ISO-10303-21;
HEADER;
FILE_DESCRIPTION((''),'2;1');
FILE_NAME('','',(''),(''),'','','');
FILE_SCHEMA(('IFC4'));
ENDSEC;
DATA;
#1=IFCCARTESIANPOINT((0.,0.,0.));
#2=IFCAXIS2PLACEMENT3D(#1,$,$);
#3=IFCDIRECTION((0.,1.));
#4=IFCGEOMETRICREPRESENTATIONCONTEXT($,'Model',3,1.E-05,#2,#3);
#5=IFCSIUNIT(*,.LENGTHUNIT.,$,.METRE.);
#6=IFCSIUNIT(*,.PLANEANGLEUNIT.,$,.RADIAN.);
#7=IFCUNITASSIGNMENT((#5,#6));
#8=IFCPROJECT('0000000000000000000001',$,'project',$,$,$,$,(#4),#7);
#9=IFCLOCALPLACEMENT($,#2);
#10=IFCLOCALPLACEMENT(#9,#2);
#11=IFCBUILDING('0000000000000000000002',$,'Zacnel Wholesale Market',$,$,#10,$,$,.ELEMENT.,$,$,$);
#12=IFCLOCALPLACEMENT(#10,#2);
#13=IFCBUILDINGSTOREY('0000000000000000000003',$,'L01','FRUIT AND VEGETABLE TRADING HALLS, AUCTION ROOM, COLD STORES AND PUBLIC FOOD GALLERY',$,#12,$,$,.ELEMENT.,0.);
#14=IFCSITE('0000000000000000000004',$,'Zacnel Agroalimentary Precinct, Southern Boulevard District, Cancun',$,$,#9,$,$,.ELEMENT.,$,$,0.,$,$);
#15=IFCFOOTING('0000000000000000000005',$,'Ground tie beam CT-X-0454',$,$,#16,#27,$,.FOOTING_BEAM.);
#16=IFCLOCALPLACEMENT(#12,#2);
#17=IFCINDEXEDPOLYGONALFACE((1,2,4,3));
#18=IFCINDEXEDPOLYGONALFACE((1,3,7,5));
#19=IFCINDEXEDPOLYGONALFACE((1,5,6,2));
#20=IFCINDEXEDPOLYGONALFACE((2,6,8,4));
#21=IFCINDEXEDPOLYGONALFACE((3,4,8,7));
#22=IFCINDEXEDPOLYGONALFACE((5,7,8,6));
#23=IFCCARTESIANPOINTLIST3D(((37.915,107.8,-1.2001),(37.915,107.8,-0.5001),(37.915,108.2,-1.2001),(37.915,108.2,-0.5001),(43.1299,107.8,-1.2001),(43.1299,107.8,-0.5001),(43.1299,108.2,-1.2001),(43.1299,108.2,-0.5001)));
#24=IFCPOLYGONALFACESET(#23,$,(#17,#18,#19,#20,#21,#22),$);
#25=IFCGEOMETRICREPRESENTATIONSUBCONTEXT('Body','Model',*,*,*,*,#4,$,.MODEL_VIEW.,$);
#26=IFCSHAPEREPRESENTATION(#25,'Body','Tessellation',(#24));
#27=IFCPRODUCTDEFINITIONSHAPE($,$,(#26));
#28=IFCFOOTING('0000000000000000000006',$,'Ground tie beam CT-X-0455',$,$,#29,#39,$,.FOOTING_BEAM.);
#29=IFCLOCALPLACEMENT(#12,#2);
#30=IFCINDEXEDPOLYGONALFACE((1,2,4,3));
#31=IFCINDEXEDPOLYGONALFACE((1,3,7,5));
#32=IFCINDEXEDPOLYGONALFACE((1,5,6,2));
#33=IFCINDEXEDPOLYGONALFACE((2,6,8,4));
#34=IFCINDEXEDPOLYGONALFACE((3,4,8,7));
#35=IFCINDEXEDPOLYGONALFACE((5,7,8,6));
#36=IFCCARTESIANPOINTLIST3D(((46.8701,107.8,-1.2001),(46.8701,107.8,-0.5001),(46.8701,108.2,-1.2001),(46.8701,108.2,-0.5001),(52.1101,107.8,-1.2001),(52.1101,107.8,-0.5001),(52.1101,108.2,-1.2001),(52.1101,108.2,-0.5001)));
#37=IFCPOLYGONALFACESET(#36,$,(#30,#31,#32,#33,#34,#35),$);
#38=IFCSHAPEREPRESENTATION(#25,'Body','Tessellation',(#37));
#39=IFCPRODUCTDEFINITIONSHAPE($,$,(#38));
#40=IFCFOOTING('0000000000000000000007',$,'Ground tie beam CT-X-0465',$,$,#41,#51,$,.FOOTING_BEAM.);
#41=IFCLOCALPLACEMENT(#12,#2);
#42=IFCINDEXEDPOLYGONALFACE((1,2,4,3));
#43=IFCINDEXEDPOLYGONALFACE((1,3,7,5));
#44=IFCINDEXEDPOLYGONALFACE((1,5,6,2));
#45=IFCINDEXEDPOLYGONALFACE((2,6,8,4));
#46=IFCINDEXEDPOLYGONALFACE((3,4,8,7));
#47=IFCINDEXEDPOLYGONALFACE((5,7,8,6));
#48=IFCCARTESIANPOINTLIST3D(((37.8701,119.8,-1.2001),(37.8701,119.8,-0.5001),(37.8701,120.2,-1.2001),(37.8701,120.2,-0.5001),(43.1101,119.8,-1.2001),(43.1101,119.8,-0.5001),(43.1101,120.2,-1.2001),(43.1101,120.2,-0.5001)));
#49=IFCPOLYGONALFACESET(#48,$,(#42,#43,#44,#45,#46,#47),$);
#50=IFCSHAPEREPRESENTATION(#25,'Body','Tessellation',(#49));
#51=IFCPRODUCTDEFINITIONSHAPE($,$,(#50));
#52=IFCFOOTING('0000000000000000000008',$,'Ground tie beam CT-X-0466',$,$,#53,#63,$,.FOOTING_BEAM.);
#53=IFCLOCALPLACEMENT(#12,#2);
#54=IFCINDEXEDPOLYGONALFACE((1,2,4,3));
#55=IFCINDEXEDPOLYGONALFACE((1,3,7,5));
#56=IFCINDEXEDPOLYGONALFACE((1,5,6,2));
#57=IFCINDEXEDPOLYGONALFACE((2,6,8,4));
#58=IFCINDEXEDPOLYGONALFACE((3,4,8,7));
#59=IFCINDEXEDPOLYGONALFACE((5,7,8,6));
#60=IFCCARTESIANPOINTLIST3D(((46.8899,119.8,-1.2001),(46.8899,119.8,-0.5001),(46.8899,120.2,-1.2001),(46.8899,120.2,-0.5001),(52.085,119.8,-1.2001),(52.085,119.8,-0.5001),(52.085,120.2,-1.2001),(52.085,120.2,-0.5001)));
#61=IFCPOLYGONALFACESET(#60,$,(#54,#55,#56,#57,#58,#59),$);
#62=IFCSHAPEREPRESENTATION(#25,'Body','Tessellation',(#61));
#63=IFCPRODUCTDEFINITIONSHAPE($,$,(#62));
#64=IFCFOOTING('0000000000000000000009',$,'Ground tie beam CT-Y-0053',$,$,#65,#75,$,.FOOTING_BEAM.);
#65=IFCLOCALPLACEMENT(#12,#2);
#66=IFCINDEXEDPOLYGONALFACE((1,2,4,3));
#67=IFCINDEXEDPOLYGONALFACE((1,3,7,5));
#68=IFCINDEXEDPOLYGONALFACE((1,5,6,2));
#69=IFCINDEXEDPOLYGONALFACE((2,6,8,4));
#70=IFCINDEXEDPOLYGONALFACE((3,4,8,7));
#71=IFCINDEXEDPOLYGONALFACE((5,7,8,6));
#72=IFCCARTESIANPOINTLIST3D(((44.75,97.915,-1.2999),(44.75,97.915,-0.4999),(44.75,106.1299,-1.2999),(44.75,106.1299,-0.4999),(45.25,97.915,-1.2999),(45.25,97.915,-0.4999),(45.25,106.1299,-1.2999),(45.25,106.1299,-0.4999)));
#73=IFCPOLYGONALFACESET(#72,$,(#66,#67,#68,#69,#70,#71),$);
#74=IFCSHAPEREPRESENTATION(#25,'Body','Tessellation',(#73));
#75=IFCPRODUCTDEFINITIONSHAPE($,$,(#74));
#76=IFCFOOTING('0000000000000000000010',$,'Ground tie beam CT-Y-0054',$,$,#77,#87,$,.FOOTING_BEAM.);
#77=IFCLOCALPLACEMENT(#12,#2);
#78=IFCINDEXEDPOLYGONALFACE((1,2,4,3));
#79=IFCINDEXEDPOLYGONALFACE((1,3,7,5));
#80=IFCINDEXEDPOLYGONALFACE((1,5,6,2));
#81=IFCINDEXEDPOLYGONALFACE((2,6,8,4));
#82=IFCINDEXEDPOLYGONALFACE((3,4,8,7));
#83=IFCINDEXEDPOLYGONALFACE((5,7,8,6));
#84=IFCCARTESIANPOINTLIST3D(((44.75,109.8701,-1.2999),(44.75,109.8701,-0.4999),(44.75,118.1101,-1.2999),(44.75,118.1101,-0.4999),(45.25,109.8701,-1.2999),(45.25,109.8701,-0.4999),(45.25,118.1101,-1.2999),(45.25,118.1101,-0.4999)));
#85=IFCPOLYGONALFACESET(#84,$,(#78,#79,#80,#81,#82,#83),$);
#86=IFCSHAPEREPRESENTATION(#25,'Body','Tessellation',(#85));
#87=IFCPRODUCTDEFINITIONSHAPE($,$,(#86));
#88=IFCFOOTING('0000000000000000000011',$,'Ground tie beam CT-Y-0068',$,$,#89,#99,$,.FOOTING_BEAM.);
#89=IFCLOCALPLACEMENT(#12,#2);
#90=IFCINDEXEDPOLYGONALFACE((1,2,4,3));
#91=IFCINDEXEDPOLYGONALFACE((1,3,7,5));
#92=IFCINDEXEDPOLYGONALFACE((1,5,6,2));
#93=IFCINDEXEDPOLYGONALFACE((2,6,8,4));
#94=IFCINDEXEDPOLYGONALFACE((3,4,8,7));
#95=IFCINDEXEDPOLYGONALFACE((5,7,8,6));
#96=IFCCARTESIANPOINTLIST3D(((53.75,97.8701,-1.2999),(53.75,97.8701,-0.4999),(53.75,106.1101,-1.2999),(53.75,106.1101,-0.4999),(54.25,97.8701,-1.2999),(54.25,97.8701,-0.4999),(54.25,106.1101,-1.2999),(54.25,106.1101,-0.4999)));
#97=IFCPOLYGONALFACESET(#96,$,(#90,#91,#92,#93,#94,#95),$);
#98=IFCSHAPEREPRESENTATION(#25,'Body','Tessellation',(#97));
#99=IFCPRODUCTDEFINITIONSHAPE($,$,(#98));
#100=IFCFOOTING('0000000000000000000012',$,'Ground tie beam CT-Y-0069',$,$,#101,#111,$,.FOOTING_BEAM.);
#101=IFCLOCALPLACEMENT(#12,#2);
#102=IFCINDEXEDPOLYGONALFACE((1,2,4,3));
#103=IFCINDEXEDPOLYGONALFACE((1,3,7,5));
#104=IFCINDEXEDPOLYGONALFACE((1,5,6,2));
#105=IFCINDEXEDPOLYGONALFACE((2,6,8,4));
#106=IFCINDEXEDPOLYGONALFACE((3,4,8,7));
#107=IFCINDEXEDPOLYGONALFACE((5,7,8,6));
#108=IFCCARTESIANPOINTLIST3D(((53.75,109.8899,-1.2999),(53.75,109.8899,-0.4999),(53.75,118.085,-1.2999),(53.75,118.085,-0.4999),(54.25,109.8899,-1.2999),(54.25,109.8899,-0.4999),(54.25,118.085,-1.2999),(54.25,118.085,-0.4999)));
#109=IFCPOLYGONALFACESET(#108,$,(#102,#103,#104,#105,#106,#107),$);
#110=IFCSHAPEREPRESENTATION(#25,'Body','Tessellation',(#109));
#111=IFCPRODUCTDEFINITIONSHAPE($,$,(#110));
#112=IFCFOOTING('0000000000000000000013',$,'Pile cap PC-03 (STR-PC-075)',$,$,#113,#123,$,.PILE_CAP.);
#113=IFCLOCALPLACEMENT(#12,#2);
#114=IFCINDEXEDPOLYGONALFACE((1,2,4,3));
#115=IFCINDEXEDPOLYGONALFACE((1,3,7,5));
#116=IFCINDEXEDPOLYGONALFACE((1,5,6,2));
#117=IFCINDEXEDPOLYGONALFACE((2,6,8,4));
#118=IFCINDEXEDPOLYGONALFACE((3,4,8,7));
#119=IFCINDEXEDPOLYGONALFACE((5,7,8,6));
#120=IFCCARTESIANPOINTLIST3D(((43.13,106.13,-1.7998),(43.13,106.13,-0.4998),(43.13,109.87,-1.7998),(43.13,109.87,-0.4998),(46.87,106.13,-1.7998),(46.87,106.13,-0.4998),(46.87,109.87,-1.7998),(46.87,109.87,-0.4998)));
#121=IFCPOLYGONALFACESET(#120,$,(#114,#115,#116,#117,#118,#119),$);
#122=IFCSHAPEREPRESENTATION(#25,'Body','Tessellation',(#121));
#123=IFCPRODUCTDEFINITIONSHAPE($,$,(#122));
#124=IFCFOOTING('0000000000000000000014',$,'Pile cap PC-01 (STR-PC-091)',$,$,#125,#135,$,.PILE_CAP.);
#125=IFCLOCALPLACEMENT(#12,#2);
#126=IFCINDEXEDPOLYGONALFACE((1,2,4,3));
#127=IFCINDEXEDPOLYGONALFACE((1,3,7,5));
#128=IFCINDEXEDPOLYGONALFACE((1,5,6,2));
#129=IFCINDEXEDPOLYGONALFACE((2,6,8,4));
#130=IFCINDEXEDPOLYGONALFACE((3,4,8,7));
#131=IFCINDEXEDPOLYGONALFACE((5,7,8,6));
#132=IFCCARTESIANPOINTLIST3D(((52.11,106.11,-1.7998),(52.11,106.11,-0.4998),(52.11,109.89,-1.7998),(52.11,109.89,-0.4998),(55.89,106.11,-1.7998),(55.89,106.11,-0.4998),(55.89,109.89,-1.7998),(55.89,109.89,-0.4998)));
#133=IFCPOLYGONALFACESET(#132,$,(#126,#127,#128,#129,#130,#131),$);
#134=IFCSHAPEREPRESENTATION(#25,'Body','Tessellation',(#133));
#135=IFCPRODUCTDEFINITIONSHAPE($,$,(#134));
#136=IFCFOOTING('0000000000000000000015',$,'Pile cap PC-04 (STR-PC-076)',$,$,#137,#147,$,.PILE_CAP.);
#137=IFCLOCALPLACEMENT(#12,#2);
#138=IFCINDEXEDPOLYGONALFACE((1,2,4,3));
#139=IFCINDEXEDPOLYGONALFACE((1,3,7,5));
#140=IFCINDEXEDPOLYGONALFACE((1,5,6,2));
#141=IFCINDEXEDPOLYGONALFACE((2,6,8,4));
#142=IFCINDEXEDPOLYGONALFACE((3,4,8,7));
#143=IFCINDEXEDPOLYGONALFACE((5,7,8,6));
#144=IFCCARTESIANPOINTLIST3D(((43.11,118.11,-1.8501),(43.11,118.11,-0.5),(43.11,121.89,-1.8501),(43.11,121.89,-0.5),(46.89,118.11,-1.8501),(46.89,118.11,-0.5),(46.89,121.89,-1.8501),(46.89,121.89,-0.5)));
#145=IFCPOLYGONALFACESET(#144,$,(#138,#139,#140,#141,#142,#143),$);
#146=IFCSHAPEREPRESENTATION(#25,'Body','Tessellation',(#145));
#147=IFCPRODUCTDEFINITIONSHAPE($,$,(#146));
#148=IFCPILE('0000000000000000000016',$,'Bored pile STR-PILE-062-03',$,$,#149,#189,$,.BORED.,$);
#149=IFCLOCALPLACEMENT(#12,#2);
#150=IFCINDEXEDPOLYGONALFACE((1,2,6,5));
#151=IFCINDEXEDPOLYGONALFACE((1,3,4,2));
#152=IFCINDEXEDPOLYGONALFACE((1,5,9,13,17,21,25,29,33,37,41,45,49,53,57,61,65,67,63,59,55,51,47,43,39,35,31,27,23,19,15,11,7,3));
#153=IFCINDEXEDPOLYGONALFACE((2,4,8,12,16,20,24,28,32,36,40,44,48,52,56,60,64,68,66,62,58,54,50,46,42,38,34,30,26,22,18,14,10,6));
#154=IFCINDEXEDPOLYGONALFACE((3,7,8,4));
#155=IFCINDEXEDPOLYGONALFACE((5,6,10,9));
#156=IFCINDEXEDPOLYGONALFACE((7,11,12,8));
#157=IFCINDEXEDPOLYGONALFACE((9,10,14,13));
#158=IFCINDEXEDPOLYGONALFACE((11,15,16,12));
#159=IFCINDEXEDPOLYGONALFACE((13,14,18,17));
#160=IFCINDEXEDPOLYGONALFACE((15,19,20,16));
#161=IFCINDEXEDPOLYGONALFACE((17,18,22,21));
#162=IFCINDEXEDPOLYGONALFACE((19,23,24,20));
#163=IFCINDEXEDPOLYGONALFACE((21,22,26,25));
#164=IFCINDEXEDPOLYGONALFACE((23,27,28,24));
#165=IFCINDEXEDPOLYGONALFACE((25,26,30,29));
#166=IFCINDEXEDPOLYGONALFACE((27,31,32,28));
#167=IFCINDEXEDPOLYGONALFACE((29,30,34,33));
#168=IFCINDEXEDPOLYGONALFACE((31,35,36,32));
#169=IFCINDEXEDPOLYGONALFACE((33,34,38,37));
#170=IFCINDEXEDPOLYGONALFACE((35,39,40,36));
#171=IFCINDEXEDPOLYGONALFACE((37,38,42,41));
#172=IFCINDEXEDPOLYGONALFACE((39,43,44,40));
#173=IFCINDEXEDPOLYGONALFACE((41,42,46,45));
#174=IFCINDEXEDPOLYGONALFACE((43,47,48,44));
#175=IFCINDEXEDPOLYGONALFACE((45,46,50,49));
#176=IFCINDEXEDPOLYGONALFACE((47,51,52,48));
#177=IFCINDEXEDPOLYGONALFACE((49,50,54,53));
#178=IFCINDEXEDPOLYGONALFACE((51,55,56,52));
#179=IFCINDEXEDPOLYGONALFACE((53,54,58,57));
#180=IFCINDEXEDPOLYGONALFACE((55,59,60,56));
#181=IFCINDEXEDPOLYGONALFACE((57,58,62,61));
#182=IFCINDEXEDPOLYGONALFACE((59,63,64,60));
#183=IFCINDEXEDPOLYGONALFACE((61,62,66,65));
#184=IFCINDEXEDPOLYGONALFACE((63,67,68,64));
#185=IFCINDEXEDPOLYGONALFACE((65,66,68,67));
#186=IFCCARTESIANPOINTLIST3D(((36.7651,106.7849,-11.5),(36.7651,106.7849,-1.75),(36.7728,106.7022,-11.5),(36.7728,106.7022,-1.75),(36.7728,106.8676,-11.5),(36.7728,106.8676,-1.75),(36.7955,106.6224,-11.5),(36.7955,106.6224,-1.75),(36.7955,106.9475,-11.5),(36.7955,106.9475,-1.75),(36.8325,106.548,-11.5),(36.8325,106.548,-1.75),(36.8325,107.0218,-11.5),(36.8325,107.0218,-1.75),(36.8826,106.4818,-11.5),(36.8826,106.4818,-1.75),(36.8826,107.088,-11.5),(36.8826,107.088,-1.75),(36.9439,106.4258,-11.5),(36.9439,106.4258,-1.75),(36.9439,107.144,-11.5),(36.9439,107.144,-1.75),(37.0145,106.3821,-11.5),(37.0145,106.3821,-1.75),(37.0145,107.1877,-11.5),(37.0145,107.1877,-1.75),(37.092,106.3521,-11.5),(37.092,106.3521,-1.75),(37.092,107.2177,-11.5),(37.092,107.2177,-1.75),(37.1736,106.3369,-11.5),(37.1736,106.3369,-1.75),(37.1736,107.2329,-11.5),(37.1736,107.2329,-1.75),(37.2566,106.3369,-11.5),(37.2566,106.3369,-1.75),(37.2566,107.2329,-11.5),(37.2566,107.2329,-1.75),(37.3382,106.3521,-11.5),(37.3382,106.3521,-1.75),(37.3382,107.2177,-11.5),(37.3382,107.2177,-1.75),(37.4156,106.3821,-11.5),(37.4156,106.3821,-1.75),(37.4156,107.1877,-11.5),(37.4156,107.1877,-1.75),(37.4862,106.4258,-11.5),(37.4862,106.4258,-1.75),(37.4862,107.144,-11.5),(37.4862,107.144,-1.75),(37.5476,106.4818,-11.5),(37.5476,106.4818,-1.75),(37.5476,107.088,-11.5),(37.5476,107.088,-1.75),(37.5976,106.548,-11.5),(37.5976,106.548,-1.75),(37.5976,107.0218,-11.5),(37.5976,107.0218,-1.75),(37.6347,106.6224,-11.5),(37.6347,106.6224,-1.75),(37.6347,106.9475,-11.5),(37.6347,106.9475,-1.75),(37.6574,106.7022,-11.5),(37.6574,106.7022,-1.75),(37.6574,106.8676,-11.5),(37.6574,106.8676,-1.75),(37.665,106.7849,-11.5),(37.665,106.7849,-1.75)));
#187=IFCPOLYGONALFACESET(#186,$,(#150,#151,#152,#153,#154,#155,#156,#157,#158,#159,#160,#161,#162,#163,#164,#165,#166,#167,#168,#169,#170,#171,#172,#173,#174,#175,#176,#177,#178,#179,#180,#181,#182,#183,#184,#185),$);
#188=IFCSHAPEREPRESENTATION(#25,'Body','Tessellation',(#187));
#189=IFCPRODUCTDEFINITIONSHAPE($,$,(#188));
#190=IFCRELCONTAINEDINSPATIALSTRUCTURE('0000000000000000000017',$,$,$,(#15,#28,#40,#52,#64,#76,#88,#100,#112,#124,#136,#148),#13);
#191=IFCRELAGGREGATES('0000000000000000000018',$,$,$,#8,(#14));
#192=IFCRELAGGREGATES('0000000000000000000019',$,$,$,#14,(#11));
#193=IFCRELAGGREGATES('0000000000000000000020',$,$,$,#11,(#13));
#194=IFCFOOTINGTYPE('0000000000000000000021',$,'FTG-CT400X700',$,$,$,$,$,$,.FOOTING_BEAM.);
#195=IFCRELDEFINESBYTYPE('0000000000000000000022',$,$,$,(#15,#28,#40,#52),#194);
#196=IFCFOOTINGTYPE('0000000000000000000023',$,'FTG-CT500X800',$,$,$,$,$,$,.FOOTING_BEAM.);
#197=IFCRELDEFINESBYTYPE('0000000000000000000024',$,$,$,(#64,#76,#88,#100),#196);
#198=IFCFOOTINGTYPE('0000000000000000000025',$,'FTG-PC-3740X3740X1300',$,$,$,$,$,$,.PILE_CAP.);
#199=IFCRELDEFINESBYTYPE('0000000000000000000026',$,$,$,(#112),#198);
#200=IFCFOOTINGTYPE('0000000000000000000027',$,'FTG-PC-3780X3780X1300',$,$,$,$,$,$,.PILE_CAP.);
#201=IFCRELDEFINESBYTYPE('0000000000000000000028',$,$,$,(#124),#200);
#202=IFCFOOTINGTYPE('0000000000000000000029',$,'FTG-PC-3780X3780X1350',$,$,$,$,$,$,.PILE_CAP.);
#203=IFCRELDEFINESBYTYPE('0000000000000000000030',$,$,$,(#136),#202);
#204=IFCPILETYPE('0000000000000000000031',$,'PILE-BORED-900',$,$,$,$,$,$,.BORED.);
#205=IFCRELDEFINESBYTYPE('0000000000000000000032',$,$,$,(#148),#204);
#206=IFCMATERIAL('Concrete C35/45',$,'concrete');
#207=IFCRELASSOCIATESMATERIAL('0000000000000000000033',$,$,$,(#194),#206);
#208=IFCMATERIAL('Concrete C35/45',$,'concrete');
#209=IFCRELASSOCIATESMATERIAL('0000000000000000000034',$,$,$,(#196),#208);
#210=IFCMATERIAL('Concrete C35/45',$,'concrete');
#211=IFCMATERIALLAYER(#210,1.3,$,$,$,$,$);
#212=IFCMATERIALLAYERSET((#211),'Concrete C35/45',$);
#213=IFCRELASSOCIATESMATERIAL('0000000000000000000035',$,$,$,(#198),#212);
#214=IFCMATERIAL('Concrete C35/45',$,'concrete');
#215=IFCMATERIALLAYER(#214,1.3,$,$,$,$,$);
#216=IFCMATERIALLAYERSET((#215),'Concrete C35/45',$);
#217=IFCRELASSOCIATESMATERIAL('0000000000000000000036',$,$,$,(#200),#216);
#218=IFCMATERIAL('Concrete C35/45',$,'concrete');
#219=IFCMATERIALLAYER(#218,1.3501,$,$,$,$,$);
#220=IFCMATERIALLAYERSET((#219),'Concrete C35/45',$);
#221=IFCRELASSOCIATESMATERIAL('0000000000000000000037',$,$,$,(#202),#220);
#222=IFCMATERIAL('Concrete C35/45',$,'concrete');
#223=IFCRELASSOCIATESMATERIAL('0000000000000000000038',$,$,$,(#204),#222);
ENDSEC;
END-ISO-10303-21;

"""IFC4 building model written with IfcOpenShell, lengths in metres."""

from ifc_helpers import new_model, si_unit, direction, frame, origin, origin_2d, place, context, subcontext, project, spatial, rectangle, circle, extrude, material, layer, layer_set, material_profile, profile_set, type_object, element, save


model = new_model("IFC4")

# Units and contexts
model_context = context("Model", 3, precision=1e-05, world=origin(), true_north=direction((0.0, 1.0)))
body_context = subcontext(model_context, "Body", "Model", "MODEL_VIEW")
ifc_project = project(units=[si_unit("LENGTHUNIT", "METRE"), si_unit("PLANEANGLEUNIT", "RADIAN")], contexts=[model_context])

# Site, building, storey
site_placement = place(None, origin())
site = spatial("IfcSite", under=ifc_project, at=site_placement, Name="Zacnel Agroalimentary Precinct, Southern Boulevard District, Cancun", CompositionType="ELEMENT", RefElevation=0.0)
building_placement = place(site_placement, origin())
building = spatial("IfcBuilding", under=site, at=building_placement, Name="Zacnel Wholesale Market", CompositionType="ELEMENT")
storey_placement = place(building_placement, origin())
storey = spatial("IfcBuildingStorey", under=building, at=storey_placement, Name="L01", Description="FRUIT AND VEGETABLE TRADING HALLS, AUCTION ROOM, COLD STORES AND PUBLIC FOOD GALLERY", CompositionType="ELEMENT", Elevation=0.0)

# Footings
ifc_material_1 = material(Name="Concrete C35/45", Category="concrete")
ifc_material_profile_1 = material_profile(ifc_material_1, rectangle(XDim=0.3999, YDim=0.7, at=origin_2d()), Name="CT 400x700")
ifc_profile_set_1 = profile_set([ifc_material_profile_1], Name="Concrete C35/45")
footing_type_1 = type_object("IfcFootingType", Name="FTG-CT400X700", PredefinedType="FOOTING_BEAM", material=ifc_profile_set_1)
footing_1_placement = place(storey_placement, frame((37.915, 108.0, -0.8501), z_axis=(1.0, 0.0, 0.0), x_axis=(0.0, 1.0, 0.0)))
element("IfcFooting", 1, at=footing_1_placement, inside=storey, type_object=footing_type_1, Name="Ground tie beam CT-X-0454", PredefinedType="FOOTING_BEAM", context=body_context, shape_type="SweptSolid", body=[
    extrude(rectangle(XDim=0.3999, YDim=0.7, at=origin_2d()), origin(), (0.0, 0.0, 1.0), 5.2148),
])
for number, where, z_axis, x_axis, name in (
    (2, (46.8701, 108.0, -0.8501), (1.0, 0.0, 0.0), (0.0, 1.0, 0.0), "Ground tie beam CT-X-0455"),
    (3, (37.8701, 120.0, -0.8501), (1.0, 0.0, 0.0), (0.0, 1.0, 0.0), "Ground tie beam CT-X-0465"),
):
    element("IfcFooting", number, at=place(storey_placement, frame(where, z_axis=z_axis, x_axis=x_axis)), inside=storey, type_object=footing_type_1, Name=name, PredefinedType="FOOTING_BEAM", context=body_context, shape_type="SweptSolid", body=[
        extrude(rectangle(XDim=0.3999, YDim=0.7, at=origin_2d()), origin(), (0.0, 0.0, 1.0), 5.24),
    ])
footing_2_placement = place(storey_placement, frame((46.8899, 120.0, -0.8501), z_axis=(1.0, 0.0, 0.0), x_axis=(0.0, 1.0, 0.0)))
element("IfcFooting", 4, at=footing_2_placement, inside=storey, type_object=footing_type_1, Name="Ground tie beam CT-X-0466", PredefinedType="FOOTING_BEAM", context=body_context, shape_type="SweptSolid", body=[
    extrude(rectangle(XDim=0.3999, YDim=0.7, at=origin_2d()), origin(), (0.0, 0.0, 1.0), 5.1951),
])
ifc_material_2 = material(Name="Concrete C35/45", Category="concrete")
ifc_material_profile_2 = material_profile(ifc_material_2, rectangle(XDim=0.5, YDim=0.8, at=origin_2d()), Name="CT 500x800")
ifc_profile_set_2 = profile_set([ifc_material_profile_2], Name="Concrete C35/45")
footing_type_2 = type_object("IfcFootingType", Name="FTG-CT500X800", PredefinedType="FOOTING_BEAM", material=ifc_profile_set_2)
footing_3_placement = place(storey_placement, frame((45.0, 97.915, -0.8999), z_axis=(0.0, 1.0, 0.0), x_axis=(-1.0, 0.0, 0.0)))
element("IfcFooting", 5, at=footing_3_placement, inside=storey, type_object=footing_type_2, Name="Ground tie beam CT-Y-0053", PredefinedType="FOOTING_BEAM", context=body_context, shape_type="SweptSolid", body=[
    extrude(rectangle(XDim=0.5, YDim=0.8, at=origin_2d()), origin(), (0.0, 0.0, 1.0), 8.2148),
])
for number, where, z_axis, x_axis, name in (
    (6, (45.0, 109.8701, -0.8999), (0.0, 1.0, 0.0), (-1.0, 0.0, 0.0), "Ground tie beam CT-Y-0054"),
    (7, (54.0, 97.8701, -0.8999), (0.0, 1.0, 0.0), (-1.0, 0.0, 0.0), "Ground tie beam CT-Y-0068"),
):
    element("IfcFooting", number, at=place(storey_placement, frame(where, z_axis=z_axis, x_axis=x_axis)), inside=storey, type_object=footing_type_2, Name=name, PredefinedType="FOOTING_BEAM", context=body_context, shape_type="SweptSolid", body=[
        extrude(rectangle(XDim=0.5, YDim=0.8, at=origin_2d()), origin(), (0.0, 0.0, 1.0), 8.24),
    ])
footing_4_placement = place(storey_placement, frame((54.0, 109.8899, -0.8999), z_axis=(0.0, 1.0, 0.0), x_axis=(-1.0, 0.0, 0.0)))
element("IfcFooting", 8, at=footing_4_placement, inside=storey, type_object=footing_type_2, Name="Ground tie beam CT-Y-0069", PredefinedType="FOOTING_BEAM", context=body_context, shape_type="SweptSolid", body=[
    extrude(rectangle(XDim=0.5, YDim=0.8, at=origin_2d()), origin(), (0.0, 0.0, 1.0), 8.1951),
])
ifc_material_3 = material(Name="Concrete C35/45", Category="concrete")
ifc_layer_1 = layer(ifc_material_3, 1.3)
ifc_layer_set_1 = layer_set([ifc_layer_1], Name="Concrete C35/45")
footing_type_3 = type_object("IfcFootingType", Name="FTG-PC-3740X3740X1300", PredefinedType="PILE_CAP", material=ifc_layer_set_1)
footing_5_placement = place(storey_placement, frame((45.0, 108.0, -1.7998), z_axis=(0.0, 0.0, 1.0), x_axis=(1.0, 0.0, 0.0)))
element("IfcFooting", 9, at=footing_5_placement, inside=storey, type_object=footing_type_3, Name="Pile cap PC-03 (STR-PC-075)", PredefinedType="PILE_CAP", context=body_context, shape_type="SweptSolid", body=[
    extrude(rectangle(XDim=3.74, YDim=3.74, at=origin_2d()), origin(), (0.0, 0.0, 1.0), 1.3),
])
ifc_material_4 = material(Name="Concrete C35/45", Category="concrete")
ifc_layer_2 = layer(ifc_material_4, 1.3)
ifc_layer_set_2 = layer_set([ifc_layer_2], Name="Concrete C35/45")
footing_type_4 = type_object("IfcFootingType", Name="FTG-PC-3780X3780X1300", PredefinedType="PILE_CAP", material=ifc_layer_set_2)
footing_6_placement = place(storey_placement, frame((54.0, 108.0, -1.7998), z_axis=(0.0, 0.0, 1.0), x_axis=(1.0, 0.0, 0.0)))
element("IfcFooting", 10, at=footing_6_placement, inside=storey, type_object=footing_type_4, Name="Pile cap PC-01 (STR-PC-091)", PredefinedType="PILE_CAP", context=body_context, shape_type="SweptSolid", body=[
    extrude(rectangle(XDim=3.78, YDim=3.78, at=origin_2d()), origin(), (0.0, 0.0, 1.0), 1.3),
])
ifc_material_5 = material(Name="Concrete C35/45", Category="concrete")
ifc_layer_3 = layer(ifc_material_5, 1.3501)
ifc_layer_set_3 = layer_set([ifc_layer_3], Name="Concrete C35/45")
footing_type_5 = type_object("IfcFootingType", Name="FTG-PC-3780X3780X1350", PredefinedType="PILE_CAP", material=ifc_layer_set_3)
footing_7_placement = place(storey_placement, frame((45.0, 120.0, -1.8501), z_axis=(0.0, 0.0, 1.0), x_axis=(1.0, 0.0, 0.0)))
element("IfcFooting", 11, at=footing_7_placement, inside=storey, type_object=footing_type_5, Name="Pile cap PC-04 (STR-PC-076)", PredefinedType="PILE_CAP", context=body_context, shape_type="SweptSolid", body=[
    extrude(rectangle(XDim=3.78, YDim=3.78, at=origin_2d()), origin(), (0.0, 0.0, 1.0), 1.3501),
])

# Pile
ifc_material_6 = material(Name="Concrete C35/45", Category="concrete")
ifc_material_profile_3 = material_profile(ifc_material_6, circle(Radius=0.45, at=origin_2d()), Name="BORED PILE D900")
ifc_profile_set_3 = profile_set([ifc_material_profile_3], Name="Concrete C35/45")
pile_type = type_object("IfcPileType", Name="PILE-BORED-900", PredefinedType="BORED", material=ifc_profile_set_3)
for number, where, z_axis, x_axis, name in (
    (12, (37.2151, 106.7849, -1.75), (0.0, 0.0, -1.0), (1.0, 0.0, 0.0), "Bored pile STR-PILE-062-03"),
):
    element("IfcPile", number, at=place(storey_placement, frame(where, z_axis=z_axis, x_axis=x_axis)), inside=storey, type_object=pile_type, Name=name, PredefinedType="BORED", context=body_context, shape_type="SweptSolid", body=[
        extrude(circle(Radius=0.45, at=origin_2d()), origin(), (0.0, 0.0, 1.0), 9.75),
    ])

save(model, "model.ifc")
